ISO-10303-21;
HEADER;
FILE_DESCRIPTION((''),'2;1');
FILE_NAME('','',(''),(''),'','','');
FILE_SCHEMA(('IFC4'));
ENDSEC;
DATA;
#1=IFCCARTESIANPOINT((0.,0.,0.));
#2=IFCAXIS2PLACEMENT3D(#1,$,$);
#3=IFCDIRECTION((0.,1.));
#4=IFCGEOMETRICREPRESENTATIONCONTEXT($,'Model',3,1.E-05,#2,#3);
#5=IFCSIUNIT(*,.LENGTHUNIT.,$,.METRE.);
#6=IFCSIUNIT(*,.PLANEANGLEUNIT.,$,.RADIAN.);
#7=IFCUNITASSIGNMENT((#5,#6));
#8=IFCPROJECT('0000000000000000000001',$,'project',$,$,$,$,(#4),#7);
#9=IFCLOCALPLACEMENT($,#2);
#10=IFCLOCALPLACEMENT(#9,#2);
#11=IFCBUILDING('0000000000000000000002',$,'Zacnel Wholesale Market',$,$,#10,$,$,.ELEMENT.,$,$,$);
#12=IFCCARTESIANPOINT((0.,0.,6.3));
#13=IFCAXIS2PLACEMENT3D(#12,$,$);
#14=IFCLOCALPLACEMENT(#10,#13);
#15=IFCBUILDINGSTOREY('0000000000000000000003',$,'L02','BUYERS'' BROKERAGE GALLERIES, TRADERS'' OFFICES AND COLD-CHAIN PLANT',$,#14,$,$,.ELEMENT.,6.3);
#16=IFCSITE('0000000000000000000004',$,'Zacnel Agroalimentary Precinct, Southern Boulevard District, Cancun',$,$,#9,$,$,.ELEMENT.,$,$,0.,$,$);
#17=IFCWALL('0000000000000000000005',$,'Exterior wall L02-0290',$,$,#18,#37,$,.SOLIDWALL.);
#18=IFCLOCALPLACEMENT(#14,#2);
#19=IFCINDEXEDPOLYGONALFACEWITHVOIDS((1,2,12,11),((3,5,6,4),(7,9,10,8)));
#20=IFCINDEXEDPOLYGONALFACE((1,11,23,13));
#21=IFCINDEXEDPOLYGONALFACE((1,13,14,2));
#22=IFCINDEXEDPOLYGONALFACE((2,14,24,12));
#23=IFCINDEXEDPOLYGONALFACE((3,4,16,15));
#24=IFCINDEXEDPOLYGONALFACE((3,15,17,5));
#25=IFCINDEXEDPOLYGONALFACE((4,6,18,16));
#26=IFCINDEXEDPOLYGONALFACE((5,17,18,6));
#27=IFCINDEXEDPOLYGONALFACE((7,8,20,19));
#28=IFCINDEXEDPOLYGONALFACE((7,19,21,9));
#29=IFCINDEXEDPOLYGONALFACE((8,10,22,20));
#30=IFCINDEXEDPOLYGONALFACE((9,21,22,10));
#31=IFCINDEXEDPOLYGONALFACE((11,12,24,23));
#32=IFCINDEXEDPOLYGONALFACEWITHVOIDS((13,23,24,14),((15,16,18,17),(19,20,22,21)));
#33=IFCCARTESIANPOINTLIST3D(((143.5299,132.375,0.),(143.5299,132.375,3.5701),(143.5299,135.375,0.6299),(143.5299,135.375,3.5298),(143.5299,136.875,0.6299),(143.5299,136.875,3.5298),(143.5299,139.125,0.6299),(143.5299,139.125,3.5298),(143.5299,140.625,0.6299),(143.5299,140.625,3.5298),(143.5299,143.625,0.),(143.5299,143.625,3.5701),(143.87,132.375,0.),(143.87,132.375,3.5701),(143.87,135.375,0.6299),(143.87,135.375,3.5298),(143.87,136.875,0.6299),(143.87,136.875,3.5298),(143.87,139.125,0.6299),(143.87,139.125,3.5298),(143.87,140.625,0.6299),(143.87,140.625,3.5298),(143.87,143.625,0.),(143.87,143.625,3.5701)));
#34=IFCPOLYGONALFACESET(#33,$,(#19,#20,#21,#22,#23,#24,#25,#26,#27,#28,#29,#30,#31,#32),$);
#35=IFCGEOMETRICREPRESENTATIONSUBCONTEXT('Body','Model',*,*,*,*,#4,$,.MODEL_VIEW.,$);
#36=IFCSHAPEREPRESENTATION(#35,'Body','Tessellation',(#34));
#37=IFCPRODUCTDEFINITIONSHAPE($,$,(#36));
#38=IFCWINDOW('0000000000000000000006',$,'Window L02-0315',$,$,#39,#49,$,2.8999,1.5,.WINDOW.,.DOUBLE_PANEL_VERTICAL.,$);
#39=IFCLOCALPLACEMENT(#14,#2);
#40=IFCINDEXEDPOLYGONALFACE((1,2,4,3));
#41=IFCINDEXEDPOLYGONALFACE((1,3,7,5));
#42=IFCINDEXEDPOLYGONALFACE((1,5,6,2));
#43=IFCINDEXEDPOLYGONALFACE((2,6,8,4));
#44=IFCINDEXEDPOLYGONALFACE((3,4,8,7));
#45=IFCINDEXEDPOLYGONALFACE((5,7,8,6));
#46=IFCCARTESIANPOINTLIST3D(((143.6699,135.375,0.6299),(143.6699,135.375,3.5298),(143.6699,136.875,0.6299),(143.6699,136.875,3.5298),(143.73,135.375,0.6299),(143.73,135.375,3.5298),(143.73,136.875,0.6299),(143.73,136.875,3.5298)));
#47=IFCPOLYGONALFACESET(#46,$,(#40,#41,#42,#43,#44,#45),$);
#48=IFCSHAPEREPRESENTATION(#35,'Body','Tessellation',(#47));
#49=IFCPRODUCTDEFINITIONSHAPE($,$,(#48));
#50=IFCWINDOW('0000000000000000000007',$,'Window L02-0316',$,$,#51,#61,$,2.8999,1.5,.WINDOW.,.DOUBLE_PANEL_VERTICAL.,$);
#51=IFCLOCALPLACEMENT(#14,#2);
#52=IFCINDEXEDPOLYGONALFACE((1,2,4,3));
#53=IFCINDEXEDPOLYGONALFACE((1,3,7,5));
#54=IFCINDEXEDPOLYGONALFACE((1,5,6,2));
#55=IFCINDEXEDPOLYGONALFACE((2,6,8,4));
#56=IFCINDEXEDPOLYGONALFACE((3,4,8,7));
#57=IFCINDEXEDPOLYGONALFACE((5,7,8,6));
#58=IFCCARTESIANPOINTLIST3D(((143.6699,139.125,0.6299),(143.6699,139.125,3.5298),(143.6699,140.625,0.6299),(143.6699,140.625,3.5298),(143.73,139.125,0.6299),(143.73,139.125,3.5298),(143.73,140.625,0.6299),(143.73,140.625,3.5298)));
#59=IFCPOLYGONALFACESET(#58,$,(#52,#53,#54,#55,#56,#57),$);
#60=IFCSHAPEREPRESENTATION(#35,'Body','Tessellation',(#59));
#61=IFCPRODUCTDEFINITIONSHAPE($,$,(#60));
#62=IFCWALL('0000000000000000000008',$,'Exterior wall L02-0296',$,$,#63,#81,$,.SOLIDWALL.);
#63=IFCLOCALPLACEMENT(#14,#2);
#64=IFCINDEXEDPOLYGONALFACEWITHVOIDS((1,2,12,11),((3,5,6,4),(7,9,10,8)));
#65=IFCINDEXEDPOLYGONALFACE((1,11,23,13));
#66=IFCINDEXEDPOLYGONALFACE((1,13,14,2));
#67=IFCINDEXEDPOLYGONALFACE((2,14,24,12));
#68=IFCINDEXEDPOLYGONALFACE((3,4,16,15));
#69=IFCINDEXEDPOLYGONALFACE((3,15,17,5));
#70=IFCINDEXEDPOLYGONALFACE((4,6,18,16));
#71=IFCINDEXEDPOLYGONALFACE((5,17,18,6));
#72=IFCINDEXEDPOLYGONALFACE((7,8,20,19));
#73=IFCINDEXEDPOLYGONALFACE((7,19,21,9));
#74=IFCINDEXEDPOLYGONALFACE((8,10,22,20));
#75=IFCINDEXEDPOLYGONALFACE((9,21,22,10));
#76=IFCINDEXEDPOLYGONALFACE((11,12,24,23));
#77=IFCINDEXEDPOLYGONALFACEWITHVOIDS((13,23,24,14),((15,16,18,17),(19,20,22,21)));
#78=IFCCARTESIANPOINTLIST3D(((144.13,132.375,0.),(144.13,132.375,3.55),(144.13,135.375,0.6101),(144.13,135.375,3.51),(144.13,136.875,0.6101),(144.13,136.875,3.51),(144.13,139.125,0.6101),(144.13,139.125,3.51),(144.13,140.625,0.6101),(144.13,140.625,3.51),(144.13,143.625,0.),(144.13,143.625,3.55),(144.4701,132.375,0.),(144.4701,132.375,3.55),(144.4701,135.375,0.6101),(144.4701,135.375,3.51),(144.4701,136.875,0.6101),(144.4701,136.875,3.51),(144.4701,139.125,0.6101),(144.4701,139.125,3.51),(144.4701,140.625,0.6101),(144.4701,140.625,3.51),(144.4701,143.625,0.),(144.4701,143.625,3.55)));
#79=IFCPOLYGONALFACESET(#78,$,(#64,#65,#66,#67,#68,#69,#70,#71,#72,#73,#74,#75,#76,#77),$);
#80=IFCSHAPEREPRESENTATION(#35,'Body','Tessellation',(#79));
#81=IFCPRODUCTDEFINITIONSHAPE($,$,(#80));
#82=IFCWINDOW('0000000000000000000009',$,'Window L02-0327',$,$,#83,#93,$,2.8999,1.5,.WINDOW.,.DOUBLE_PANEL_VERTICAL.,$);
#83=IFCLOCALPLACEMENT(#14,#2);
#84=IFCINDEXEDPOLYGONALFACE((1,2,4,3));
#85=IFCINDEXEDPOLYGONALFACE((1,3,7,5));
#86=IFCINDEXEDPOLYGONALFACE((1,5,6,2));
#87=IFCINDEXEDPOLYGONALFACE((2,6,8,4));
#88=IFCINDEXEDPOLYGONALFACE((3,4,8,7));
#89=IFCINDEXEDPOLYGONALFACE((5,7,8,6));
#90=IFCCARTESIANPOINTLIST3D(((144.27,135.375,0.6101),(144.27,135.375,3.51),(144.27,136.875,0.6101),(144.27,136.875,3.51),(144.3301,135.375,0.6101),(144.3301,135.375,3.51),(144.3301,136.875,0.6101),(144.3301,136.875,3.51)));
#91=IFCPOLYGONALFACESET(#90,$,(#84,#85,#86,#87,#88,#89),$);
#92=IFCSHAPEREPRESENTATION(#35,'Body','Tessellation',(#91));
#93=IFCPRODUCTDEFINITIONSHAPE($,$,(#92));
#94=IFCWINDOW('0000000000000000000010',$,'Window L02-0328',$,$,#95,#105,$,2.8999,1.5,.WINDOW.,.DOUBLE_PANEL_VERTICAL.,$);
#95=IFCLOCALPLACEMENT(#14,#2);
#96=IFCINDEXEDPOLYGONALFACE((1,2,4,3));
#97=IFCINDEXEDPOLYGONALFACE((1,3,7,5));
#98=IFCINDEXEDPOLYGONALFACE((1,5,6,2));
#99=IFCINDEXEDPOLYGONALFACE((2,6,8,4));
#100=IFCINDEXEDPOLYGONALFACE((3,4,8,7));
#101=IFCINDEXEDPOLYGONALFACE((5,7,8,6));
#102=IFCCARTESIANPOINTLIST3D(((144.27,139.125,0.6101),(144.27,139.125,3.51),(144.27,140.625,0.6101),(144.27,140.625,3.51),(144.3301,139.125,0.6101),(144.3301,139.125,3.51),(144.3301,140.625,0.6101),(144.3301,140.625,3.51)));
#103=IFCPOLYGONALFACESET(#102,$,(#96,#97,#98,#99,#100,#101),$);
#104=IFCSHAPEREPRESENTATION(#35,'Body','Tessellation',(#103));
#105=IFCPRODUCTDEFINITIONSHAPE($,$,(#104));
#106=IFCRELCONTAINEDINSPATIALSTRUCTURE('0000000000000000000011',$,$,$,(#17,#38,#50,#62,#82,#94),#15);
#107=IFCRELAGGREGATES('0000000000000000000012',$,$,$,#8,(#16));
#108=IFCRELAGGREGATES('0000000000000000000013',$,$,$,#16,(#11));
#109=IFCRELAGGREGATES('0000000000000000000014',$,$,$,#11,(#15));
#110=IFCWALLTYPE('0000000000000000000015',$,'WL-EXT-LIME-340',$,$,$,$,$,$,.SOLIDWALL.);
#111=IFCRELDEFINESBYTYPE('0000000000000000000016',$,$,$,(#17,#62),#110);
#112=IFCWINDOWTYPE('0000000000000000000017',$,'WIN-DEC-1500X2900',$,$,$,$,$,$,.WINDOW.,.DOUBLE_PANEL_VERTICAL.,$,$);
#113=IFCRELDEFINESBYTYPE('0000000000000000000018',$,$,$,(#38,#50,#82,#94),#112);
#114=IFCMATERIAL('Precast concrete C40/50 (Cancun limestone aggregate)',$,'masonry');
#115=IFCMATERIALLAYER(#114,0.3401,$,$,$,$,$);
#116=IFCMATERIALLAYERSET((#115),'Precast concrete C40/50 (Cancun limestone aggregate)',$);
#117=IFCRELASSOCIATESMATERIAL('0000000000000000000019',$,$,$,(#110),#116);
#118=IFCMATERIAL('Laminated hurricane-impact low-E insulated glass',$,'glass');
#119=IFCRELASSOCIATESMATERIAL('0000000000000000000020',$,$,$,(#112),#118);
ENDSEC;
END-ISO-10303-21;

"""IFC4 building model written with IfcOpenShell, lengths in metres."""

from ifc_helpers import new_model, si_unit, direction, frame, frame_2d, origin, place, context, subcontext, project, spatial, rectangle, extrude, material, layer, layer_set, type_object, element, fill, save


model = new_model("IFC4")

# Units and contexts
model_context = context("Model", 3, precision=1e-05, world=origin(), true_north=direction((0.0, 1.0)))
body_context = subcontext(model_context, "Body", "Model", "MODEL_VIEW")
ifc_project = project(units=[si_unit("LENGTHUNIT", "METRE"), si_unit("PLANEANGLEUNIT", "RADIAN")], contexts=[model_context])

# Site, building, storey
site_placement = place(None, origin())
site = spatial("IfcSite", under=ifc_project, at=site_placement, Name="Zacnel Agroalimentary Precinct, Southern Boulevard District, Cancun", CompositionType="ELEMENT", RefElevation=0.0)
building_placement = place(site_placement, origin())
building = spatial("IfcBuilding", under=site, at=building_placement, Name="Zacnel Wholesale Market", CompositionType="ELEMENT")
storey_placement = place(building_placement, frame((0.0, 0.0, 6.3)))
storey = spatial("IfcBuildingStorey", under=building, at=storey_placement, Name="L02", Description="BUYERS' BROKERAGE GALLERIES, TRADERS' OFFICES AND COLD-CHAIN PLANT", CompositionType="ELEMENT", Elevation=6.3)

# Walls, openings, windows
ifc_material_1 = material(Name="Precast concrete C40/50 (Cancun limestone aggregate)", Category="masonry")
ifc_layer = layer(ifc_material_1, 0.3401)
ifc_layer_set = layer_set([ifc_layer], Name="Precast concrete C40/50 (Cancun limestone aggregate)")
wall_type = type_object("IfcWallType", Name="WL-EXT-LIME-340", PredefinedType="SOLIDWALL", material=ifc_layer_set)
wall_1_placement = place(storey_placement, frame((143.7, 132.375, 0.0), z_axis=(0.0, 0.0, 1.0), x_axis=(0.0, 1.0, 0.0)))
wall_1 = element("IfcWall", 1, at=wall_1_placement, inside=storey, type_object=wall_type, Name="Exterior wall L02-0290", PredefinedType="SOLIDWALL", context=body_context, shape_type="SweptSolid", body=[
    extrude(rectangle(XDim=11.25, YDim=0.3401, at=frame_2d((5.625, 0.0))), origin(), (0.0, 0.0, 1.0), 3.5701),
])
opening_1_placement = place(wall_1_placement, frame((3.0, 0.0, 0.6299)))
opening_1 = element("IfcOpeningElement", 2, at=opening_1_placement, cuts=wall_1, PredefinedType="OPENING", context=body_context, shape_type="SweptSolid", body=[
    extrude(rectangle(XDim=1.5, YDim=2.8999, at=frame_2d((0.75, 1.45))), frame((0.0, 0.1799, 0.0), z_axis=(0.0, -1.0, 0.0), x_axis=(1.0, 0.0, 0.0)), (0.0, 0.0, 1.0), 0.3601),
])
opening_2_placement = place(wall_1_placement, frame((6.75, 0.0, 0.6299)))
opening_2 = element("IfcOpeningElement", 3, at=opening_2_placement, cuts=wall_1, PredefinedType="OPENING", context=body_context, shape_type="SweptSolid", body=[
    extrude(rectangle(XDim=1.5, YDim=2.8999, at=frame_2d((0.75, 1.45))), frame((0.0, 0.1799, 0.0), z_axis=(0.0, -1.0, 0.0), x_axis=(1.0, 0.0, 0.0)), (0.0, 0.0, 1.0), 0.3601),
])
ifc_material_2 = material(Name="Laminated hurricane-impact low-E insulated glass", Category="glass")
window_type = type_object("IfcWindowType", Name="WIN-DEC-1500X2900", PartitioningType="DOUBLE_PANEL_VERTICAL", PredefinedType="WINDOW", material=ifc_material_2)
window_1_placement = place(opening_1_placement, origin())
window_1 = element("IfcWindow", 4, at=window_1_placement, inside=storey, type_object=window_type, Name="Window L02-0315", OverallHeight=2.8999, OverallWidth=1.5, PartitioningType="DOUBLE_PANEL_VERTICAL", PredefinedType="WINDOW", context=body_context, shape_type="SweptSolid", body=[
    extrude(rectangle(XDim=1.5, YDim=2.8999, at=frame_2d((0.75, 1.45))), frame((0.0, 0.03, 0.0), z_axis=(0.0, -1.0, 0.0), x_axis=(1.0, 0.0, 0.0)), (0.0, 0.0, 1.0), 0.0601),
])
fill(opening_1, window_1)
window_2_placement = place(opening_2_placement, origin())
window_2 = element("IfcWindow", 5, at=window_2_placement, inside=storey, type_object=window_type, Name="Window L02-0316", OverallHeight=2.8999, OverallWidth=1.5, PartitioningType="DOUBLE_PANEL_VERTICAL", PredefinedType="WINDOW", context=body_context, shape_type="SweptSolid", body=[
    extrude(rectangle(XDim=1.5, YDim=2.8999, at=frame_2d((0.75, 1.45))), frame((0.0, 0.03, 0.0), z_axis=(0.0, -1.0, 0.0), x_axis=(1.0, 0.0, 0.0)), (0.0, 0.0, 1.0), 0.0601),
])
fill(opening_2, window_2)
wall_2_placement = place(storey_placement, frame((144.3, 132.375, 0.0), z_axis=(0.0, 0.0, 1.0), x_axis=(0.0, 1.0, 0.0)))
wall_2 = element("IfcWall", 6, at=wall_2_placement, inside=storey, type_object=wall_type, Name="Exterior wall L02-0296", PredefinedType="SOLIDWALL", context=body_context, shape_type="SweptSolid", body=[
    extrude(rectangle(XDim=11.25, YDim=0.3401, at=frame_2d((5.625, 0.0))), origin(), (0.0, 0.0, 1.0), 3.55),
])
opening_3_placement = place(wall_2_placement, frame((3.0, 0.0, 0.6101)))
opening_3 = element("IfcOpeningElement", 7, at=opening_3_placement, cuts=wall_2, PredefinedType="OPENING", context=body_context, shape_type="SweptSolid", body=[
    extrude(rectangle(XDim=1.5, YDim=2.8999, at=frame_2d((0.75, 1.45))), frame((0.0, 0.1799, 0.0), z_axis=(0.0, -1.0, 0.0), x_axis=(1.0, 0.0, 0.0)), (0.0, 0.0, 1.0), 0.3601),
])
opening_4_placement = place(wall_2_placement, frame((6.75, 0.0, 0.6101)))
opening_4 = element("IfcOpeningElement", 8, at=opening_4_placement, cuts=wall_2, PredefinedType="OPENING", context=body_context, shape_type="SweptSolid", body=[
    extrude(rectangle(XDim=1.5, YDim=2.8999, at=frame_2d((0.75, 1.45))), frame((0.0, 0.1799, 0.0), z_axis=(0.0, -1.0, 0.0), x_axis=(1.0, 0.0, 0.0)), (0.0, 0.0, 1.0), 0.3601),
])
window_3_placement = place(opening_3_placement, origin())
window_3 = element("IfcWindow", 9, at=window_3_placement, inside=storey, type_object=window_type, Name="Window L02-0327", OverallHeight=2.8999, OverallWidth=1.5, PartitioningType="DOUBLE_PANEL_VERTICAL", PredefinedType="WINDOW", context=body_context, shape_type="SweptSolid", body=[
    extrude(rectangle(XDim=1.5, YDim=2.8999, at=frame_2d((0.75, 1.45))), frame((0.0, 0.03, 0.0), z_axis=(0.0, -1.0, 0.0), x_axis=(1.0, 0.0, 0.0)), (0.0, 0.0, 1.0), 0.0601),
])
fill(opening_3, window_3)
window_4_placement = place(opening_4_placement, origin())
window_4 = element("IfcWindow", 10, at=window_4_placement, inside=storey, type_object=window_type, Name="Window L02-0328", OverallHeight=2.8999, OverallWidth=1.5, PartitioningType="DOUBLE_PANEL_VERTICAL", PredefinedType="WINDOW", context=body_context, shape_type="SweptSolid", body=[
    extrude(rectangle(XDim=1.5, YDim=2.8999, at=frame_2d((0.75, 1.45))), frame((0.0, 0.03, 0.0), z_axis=(0.0, -1.0, 0.0), x_axis=(1.0, 0.0, 0.0)), (0.0, 0.0, 1.0), 0.0601),
])
fill(opening_4, window_4)

save(model, "model.ifc")
